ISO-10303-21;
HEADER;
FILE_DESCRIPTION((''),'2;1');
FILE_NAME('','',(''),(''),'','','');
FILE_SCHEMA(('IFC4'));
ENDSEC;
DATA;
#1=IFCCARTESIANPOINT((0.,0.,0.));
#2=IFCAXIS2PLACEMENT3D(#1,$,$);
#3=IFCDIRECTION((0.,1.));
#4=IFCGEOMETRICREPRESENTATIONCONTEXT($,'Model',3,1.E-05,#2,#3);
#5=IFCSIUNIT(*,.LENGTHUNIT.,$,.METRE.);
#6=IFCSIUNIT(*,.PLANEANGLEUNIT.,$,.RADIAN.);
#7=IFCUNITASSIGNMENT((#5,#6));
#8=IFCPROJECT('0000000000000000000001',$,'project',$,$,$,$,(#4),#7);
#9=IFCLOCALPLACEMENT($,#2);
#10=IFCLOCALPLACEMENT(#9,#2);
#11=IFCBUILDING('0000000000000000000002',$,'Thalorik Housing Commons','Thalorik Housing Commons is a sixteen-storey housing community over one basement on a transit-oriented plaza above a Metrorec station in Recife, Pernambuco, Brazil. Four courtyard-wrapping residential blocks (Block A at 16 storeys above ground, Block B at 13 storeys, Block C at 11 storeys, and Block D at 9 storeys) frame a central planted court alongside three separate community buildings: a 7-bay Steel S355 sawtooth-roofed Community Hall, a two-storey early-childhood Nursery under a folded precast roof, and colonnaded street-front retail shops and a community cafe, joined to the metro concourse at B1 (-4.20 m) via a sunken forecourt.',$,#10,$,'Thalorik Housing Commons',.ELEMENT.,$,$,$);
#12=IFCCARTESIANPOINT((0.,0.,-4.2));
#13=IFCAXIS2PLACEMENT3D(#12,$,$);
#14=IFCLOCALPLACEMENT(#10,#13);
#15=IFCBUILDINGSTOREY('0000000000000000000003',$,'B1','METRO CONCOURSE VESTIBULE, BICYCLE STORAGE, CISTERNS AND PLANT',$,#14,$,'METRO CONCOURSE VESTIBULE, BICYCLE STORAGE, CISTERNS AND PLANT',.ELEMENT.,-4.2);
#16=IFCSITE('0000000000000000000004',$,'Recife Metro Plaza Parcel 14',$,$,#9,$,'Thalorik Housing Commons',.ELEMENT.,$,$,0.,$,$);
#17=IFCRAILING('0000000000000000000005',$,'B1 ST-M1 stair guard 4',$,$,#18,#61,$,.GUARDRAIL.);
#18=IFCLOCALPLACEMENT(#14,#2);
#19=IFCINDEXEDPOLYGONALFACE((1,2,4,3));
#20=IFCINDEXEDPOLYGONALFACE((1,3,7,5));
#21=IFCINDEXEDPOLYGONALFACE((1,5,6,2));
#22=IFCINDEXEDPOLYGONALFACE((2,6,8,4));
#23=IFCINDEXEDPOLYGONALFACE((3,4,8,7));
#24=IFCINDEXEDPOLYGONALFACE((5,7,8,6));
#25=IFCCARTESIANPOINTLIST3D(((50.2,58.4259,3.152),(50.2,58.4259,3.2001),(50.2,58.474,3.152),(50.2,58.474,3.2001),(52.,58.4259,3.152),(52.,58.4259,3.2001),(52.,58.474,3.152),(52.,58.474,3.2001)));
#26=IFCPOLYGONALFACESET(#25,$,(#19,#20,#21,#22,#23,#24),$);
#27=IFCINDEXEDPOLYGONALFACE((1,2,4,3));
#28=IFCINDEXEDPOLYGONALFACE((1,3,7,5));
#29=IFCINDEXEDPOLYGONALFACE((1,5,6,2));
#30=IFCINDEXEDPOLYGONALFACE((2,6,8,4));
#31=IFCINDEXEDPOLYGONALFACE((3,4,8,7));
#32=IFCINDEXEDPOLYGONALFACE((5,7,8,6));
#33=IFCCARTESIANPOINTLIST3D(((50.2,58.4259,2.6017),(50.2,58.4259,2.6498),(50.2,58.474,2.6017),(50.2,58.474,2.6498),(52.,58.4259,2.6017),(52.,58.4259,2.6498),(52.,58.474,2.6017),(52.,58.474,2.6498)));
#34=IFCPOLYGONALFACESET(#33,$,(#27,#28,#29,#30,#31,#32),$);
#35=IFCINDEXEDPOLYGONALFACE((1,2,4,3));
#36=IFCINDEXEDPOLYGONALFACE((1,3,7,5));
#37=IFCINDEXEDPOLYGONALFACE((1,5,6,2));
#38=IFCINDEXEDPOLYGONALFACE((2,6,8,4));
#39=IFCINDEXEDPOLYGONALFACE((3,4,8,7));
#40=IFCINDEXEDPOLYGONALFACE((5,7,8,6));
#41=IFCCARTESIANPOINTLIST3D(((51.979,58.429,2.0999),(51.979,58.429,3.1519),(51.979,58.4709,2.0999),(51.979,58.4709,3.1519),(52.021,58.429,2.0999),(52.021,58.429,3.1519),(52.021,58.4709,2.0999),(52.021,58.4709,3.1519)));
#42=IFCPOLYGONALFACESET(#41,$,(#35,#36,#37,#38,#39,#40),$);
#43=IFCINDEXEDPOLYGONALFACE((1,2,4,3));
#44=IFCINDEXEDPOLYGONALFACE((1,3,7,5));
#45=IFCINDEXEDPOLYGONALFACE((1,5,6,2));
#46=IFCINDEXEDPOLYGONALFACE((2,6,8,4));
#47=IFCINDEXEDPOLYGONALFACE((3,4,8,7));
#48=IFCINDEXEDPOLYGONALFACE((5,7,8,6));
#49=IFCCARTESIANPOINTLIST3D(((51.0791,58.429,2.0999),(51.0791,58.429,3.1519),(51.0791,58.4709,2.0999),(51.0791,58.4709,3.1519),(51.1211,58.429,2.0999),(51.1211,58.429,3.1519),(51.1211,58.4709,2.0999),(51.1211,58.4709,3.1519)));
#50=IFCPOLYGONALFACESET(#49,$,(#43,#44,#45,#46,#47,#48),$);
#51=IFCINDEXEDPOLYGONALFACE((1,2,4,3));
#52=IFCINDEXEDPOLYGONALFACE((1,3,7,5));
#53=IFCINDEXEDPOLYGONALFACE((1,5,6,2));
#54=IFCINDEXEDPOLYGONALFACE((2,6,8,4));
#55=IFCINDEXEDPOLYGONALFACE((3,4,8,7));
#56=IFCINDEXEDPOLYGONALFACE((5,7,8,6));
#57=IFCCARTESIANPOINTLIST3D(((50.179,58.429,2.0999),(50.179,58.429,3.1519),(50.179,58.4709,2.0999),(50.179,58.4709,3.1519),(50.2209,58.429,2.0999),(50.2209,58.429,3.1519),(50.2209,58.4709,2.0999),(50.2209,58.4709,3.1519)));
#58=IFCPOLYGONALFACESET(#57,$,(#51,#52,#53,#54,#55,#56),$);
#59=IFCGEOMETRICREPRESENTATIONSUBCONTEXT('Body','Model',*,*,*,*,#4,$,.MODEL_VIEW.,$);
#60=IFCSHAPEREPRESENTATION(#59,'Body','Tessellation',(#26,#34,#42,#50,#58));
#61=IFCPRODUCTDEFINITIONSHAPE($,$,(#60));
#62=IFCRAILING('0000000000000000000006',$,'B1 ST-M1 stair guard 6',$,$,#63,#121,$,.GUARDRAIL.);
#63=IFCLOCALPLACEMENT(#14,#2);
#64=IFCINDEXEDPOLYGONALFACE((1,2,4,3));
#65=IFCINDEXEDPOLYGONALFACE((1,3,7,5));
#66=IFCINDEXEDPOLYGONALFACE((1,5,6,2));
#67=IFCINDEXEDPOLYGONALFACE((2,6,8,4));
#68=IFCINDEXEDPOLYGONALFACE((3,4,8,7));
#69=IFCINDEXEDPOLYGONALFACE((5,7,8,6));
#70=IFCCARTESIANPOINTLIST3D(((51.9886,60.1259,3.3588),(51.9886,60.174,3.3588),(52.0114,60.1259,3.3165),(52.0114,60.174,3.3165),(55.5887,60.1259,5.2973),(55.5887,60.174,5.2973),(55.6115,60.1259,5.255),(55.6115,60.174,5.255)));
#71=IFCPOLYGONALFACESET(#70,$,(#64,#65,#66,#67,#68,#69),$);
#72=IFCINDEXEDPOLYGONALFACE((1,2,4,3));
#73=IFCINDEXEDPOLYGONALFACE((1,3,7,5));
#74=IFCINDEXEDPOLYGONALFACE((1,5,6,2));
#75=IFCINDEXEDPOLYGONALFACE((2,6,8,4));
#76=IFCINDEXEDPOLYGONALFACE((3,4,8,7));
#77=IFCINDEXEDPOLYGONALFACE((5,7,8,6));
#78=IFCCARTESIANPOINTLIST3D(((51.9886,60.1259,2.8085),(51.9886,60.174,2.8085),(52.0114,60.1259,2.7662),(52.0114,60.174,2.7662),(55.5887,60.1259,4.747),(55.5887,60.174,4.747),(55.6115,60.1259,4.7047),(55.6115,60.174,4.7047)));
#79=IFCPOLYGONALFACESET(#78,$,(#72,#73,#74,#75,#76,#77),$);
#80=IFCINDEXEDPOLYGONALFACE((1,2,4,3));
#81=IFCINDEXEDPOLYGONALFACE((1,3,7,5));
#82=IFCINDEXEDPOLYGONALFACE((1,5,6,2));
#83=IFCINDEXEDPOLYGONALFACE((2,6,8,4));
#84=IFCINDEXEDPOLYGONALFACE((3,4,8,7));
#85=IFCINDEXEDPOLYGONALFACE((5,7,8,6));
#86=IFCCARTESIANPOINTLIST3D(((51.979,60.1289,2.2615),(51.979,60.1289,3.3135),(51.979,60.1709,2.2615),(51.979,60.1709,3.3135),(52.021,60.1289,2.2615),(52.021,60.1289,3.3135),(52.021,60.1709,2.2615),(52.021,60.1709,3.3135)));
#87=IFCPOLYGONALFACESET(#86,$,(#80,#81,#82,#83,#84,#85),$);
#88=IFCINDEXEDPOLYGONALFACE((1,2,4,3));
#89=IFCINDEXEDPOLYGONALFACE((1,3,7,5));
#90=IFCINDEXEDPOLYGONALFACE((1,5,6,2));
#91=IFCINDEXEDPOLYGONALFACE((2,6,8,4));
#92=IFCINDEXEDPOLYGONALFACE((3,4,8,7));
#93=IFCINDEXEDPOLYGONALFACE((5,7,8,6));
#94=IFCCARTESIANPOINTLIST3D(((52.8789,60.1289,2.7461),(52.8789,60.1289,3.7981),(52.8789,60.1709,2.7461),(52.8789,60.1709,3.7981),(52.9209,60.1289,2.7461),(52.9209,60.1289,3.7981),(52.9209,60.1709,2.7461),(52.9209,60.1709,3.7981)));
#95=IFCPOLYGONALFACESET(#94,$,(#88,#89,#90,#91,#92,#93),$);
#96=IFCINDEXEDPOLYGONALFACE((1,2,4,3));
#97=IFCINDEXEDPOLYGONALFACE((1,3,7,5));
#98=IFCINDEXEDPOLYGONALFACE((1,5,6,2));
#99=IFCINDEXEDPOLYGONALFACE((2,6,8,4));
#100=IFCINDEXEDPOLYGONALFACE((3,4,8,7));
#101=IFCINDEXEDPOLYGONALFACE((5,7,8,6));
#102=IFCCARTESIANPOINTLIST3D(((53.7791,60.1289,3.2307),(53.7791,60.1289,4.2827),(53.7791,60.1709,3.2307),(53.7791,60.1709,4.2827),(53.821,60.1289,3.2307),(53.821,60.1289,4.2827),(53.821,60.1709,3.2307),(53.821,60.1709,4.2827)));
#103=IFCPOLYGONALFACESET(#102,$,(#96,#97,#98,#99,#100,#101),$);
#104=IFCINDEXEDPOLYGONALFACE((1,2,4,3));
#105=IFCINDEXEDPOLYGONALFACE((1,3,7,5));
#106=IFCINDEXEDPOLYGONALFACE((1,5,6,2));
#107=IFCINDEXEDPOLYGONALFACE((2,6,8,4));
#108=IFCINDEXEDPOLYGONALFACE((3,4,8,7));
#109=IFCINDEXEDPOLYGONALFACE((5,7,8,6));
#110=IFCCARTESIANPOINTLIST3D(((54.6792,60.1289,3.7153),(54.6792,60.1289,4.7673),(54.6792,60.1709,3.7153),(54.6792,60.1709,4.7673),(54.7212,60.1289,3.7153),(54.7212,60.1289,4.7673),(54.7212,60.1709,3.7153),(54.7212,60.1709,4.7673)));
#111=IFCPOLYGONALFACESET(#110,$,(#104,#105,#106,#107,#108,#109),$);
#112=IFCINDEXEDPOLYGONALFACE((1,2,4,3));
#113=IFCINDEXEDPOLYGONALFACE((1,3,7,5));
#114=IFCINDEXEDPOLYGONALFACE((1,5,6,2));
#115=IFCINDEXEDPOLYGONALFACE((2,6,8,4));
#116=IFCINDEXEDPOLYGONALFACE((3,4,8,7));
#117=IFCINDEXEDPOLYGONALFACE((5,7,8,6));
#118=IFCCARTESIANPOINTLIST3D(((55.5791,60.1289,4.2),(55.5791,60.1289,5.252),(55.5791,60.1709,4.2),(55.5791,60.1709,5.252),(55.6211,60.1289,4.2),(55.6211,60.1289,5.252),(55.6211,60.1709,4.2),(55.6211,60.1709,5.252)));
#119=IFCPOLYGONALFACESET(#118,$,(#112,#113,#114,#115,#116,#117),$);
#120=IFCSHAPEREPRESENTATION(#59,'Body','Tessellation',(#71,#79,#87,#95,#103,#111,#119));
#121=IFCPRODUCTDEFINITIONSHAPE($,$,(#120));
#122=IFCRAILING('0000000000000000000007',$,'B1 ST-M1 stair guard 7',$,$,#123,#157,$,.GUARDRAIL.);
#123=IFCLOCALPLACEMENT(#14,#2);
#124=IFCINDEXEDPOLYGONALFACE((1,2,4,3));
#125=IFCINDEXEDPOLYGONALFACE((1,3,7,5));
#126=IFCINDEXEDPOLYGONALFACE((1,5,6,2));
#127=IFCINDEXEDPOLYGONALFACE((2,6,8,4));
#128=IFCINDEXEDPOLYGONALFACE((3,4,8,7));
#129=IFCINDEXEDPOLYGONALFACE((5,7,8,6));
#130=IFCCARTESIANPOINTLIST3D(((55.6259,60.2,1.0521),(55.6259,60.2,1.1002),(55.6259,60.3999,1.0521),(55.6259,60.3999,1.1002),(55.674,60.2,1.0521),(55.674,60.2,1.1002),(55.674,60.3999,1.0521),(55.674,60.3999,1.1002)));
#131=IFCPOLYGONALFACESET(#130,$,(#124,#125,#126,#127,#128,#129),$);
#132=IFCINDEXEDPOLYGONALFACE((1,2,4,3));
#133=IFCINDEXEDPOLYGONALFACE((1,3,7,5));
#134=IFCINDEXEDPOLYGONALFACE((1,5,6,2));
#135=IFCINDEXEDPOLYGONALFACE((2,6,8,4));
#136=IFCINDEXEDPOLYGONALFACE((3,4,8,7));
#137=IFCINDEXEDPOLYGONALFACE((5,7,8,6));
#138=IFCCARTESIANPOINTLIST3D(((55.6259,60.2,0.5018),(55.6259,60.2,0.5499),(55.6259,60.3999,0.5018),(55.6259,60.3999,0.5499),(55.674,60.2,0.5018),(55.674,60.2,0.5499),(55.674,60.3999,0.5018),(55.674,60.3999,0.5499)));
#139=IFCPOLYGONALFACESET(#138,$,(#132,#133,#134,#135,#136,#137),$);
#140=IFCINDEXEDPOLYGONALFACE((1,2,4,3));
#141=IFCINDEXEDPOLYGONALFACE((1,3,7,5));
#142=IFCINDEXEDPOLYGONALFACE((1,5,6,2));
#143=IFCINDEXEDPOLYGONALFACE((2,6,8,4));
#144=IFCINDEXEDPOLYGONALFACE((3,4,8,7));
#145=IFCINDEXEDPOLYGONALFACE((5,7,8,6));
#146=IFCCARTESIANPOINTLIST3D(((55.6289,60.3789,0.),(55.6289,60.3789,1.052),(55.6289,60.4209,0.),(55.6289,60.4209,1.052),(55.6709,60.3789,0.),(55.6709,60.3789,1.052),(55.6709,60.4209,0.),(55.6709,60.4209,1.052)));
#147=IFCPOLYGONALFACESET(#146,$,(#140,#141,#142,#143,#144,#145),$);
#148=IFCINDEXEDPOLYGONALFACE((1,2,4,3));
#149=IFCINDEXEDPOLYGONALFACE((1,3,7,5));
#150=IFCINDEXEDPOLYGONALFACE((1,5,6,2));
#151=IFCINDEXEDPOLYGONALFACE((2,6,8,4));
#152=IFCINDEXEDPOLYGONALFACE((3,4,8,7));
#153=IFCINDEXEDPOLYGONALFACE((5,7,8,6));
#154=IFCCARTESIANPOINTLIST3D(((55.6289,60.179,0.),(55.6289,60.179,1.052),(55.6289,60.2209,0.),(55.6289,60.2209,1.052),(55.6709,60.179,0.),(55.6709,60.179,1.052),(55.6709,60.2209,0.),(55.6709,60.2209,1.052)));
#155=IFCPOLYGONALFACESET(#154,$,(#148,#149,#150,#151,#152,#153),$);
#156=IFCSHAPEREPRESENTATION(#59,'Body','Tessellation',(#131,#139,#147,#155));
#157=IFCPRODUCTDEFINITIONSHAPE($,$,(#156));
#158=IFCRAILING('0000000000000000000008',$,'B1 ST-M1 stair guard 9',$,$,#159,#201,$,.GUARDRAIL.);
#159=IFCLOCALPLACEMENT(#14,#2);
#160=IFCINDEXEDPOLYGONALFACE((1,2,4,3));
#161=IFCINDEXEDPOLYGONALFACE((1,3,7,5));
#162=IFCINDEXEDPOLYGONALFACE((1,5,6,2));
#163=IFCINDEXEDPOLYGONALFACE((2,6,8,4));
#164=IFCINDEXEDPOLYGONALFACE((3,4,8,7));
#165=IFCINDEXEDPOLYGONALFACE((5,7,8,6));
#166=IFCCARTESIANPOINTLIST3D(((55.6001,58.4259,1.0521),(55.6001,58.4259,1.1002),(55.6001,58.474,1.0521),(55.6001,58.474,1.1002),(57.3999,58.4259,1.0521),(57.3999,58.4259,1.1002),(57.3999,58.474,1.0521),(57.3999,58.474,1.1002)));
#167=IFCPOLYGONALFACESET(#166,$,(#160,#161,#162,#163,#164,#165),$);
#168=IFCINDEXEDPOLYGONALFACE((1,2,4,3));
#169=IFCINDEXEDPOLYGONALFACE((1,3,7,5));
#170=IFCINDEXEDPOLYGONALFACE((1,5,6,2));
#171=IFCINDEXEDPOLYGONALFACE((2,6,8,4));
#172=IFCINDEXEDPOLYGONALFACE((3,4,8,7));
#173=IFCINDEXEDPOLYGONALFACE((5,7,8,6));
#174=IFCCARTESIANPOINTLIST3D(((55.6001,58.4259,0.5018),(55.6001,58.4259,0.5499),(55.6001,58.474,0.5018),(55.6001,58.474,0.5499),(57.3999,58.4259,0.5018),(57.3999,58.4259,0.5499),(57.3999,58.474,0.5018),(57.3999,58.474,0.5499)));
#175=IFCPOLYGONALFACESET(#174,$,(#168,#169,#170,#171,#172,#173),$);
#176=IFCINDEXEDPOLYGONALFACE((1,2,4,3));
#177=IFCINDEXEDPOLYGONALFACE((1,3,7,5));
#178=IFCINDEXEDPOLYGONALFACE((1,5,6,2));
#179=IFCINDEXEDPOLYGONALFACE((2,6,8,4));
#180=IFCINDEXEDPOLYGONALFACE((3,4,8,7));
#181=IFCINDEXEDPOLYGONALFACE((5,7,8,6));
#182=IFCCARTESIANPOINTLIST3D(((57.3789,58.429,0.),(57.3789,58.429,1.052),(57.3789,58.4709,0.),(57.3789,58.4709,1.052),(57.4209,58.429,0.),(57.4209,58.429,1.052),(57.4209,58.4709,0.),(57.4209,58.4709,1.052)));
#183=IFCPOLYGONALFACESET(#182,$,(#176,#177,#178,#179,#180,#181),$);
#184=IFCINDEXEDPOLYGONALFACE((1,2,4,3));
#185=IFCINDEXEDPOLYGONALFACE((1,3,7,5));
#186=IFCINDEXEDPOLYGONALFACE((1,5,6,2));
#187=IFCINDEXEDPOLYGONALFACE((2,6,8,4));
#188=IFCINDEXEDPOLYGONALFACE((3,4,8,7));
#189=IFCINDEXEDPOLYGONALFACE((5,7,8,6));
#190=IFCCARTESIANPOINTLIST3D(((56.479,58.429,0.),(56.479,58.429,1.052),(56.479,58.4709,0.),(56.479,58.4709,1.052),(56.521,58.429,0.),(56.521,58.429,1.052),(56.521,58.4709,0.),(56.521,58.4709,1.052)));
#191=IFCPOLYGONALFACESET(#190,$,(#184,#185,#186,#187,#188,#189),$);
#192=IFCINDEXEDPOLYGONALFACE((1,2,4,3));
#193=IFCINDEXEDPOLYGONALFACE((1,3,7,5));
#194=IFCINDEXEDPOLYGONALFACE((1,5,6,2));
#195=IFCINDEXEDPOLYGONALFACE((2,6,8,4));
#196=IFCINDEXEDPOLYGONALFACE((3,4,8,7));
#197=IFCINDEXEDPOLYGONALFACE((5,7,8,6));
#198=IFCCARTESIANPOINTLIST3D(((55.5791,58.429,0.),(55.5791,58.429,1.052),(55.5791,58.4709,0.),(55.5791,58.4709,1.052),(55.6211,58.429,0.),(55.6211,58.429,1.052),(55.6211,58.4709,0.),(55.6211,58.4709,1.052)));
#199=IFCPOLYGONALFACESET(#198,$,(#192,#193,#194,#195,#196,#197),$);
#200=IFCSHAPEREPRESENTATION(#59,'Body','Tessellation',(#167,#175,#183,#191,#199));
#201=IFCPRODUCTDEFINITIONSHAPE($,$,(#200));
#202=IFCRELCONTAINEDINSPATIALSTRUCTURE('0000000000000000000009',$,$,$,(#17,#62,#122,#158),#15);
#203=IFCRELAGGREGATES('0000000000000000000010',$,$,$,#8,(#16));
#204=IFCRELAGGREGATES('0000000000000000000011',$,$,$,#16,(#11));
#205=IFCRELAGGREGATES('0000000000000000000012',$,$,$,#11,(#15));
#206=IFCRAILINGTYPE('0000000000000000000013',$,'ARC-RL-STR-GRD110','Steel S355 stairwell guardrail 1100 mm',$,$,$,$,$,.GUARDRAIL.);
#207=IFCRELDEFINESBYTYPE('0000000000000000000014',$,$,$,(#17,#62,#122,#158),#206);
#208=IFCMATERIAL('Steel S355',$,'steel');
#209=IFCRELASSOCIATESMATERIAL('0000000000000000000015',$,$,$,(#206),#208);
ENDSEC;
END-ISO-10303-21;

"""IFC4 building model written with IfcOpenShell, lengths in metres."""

from ifc_helpers import new_model, si_unit, direction, frame, origin, origin_2d, place, context, subcontext, project, spatial, rectangle, extrude, material, type_object, element, save


model = new_model("IFC4")

# Units and contexts
model_context = context("Model", 3, precision=1e-05, world=origin(), true_north=direction((0.0, 1.0)))
body_context = subcontext(model_context, "Body", "Model", "MODEL_VIEW")
ifc_project = project(units=[si_unit("LENGTHUNIT", "METRE"), si_unit("PLANEANGLEUNIT", "RADIAN")], contexts=[model_context])

# Site, building, storey
site_placement = place(None, origin())
site = spatial("IfcSite", under=ifc_project, at=site_placement, Name="Recife Metro Plaza Parcel 14", LongName="Thalorik Housing Commons", CompositionType="ELEMENT", RefElevation=0.0)
building_placement = place(site_placement, origin())
building = spatial("IfcBuilding", under=site, at=building_placement, Name="Thalorik Housing Commons", Description="Thalorik Housing Commons is a sixteen-storey housing community over one basement on a transit-oriented plaza above a Metrorec station in Recife, Pernambuco, Brazil. Four courtyard-wrapping residential blocks (Block A at 16 storeys above ground, Block B at 13 storeys, Block C at 11 storeys, and Block D at 9 storeys) frame a central planted court alongside three separate community buildings: a 7-bay Steel S355 sawtooth-roofed Community Hall, a two-storey early-childhood Nursery under a folded precast roof, and colonnaded street-front retail shops and a community cafe, joined to the metro concourse at B1 (-4.20 m) via a sunken forecourt.", LongName="Thalorik Housing Commons", CompositionType="ELEMENT")
storey_placement = place(building_placement, frame((0.0, 0.0, -4.2)))
storey = spatial("IfcBuildingStorey", under=building, at=storey_placement, Name="B1", Description="METRO CONCOURSE VESTIBULE, BICYCLE STORAGE, CISTERNS AND PLANT", LongName="METRO CONCOURSE VESTIBULE, BICYCLE STORAGE, CISTERNS AND PLANT", CompositionType="ELEMENT", Elevation=-4.2)

# Railings
ifc_material_1 = material(Name="Steel S355", Category="steel")
railing_type_1 = type_object("IfcRailingType", Name="ARC-RL-STR-GRD110", Description="Steel S355 stairwell guardrail 1100 mm", PredefinedType="GUARDRAIL", material=ifc_material_1)
for number, where, name in (
    (1, (52.0, 58.45, 2.0999), "B1 ST-M1 stair guard 4"),
):
    element("IfcRailing", number, at=place(storey_placement, frame(where)), inside=storey, type_object=railing_type_1, Name=name, PredefinedType="GUARDRAIL", context=body_context, shape_type="SweptSolid", body=[
        extrude(rectangle(XDim=0.0481, YDim=0.0481, at=origin_2d()), frame((0.0, 0.0, 1.0762), z_axis=(-1.0, 0.0, 0.0), x_axis=(0.0, -1.0, 0.0)), (0.0, 0.0, 1.0), 1.8),
        extrude(rectangle(XDim=0.0481, YDim=0.0481, at=origin_2d()), frame((0.0, 0.0, 0.5259), z_axis=(-1.0, 0.0, 0.0), x_axis=(0.0, -1.0, 0.0)), (0.0, 0.0, 1.0), 1.8),
        extrude(rectangle(XDim=0.042, YDim=0.042, at=origin_2d()), origin(), (0.0, 0.0, 1.0), 1.052),
        extrude(rectangle(XDim=0.042, YDim=0.042, at=origin_2d()), frame((-0.8999, 0.0, 0.0)), (0.0, 0.0, 1.0), 1.052),
        extrude(rectangle(XDim=0.042, YDim=0.042, at=origin_2d()), frame((-1.8, 0.0, 0.0)), (0.0, 0.0, 1.0), 1.052),
    ])
railing_1_placement = place(storey_placement, frame((52.0, 60.1499, 2.2615)))
element("IfcRailing", 2, at=railing_1_placement, inside=storey, type_object=railing_type_1, Name="B1 ST-M1 stair guard 6", PredefinedType="GUARDRAIL", context=body_context, shape_type="SweptSolid", body=[
    extrude(rectangle(XDim=0.0481, YDim=0.0481, at=origin_2d()), frame((0.0, 0.0, 1.0762), z_axis=(0.880475, 0.0, 0.474093), x_axis=(0.0, 1.0, 0.0)), (0.0, 0.0, 1.0), 4.0889),
    extrude(rectangle(XDim=0.0481, YDim=0.0481, at=origin_2d()), frame((0.0, 0.0, 0.5259), z_axis=(0.880475, 0.0, 0.474093), x_axis=(0.0, 1.0, 0.0)), (0.0, 0.0, 1.0), 4.0889),
    extrude(rectangle(XDim=0.042, YDim=0.042, at=origin_2d()), origin(), (0.0, 0.0, 1.0), 1.052),
    extrude(rectangle(XDim=0.042, YDim=0.042, at=origin_2d()), frame((0.8999, 0.0, 0.4846)), (0.0, 0.0, 1.0), 1.052),
    extrude(rectangle(XDim=0.042, YDim=0.042, at=origin_2d()), frame((1.8, 0.0, 0.9692)), (0.0, 0.0, 1.0), 1.052),
    extrude(rectangle(XDim=0.042, YDim=0.042, at=origin_2d()), frame((2.7002, 0.0, 1.4539)), (0.0, 0.0, 1.0), 1.052),
    extrude(rectangle(XDim=0.042, YDim=0.042, at=origin_2d()), frame((3.6001, 0.0, 1.9385)), (0.0, 0.0, 1.0), 1.052),
])
railing_2_placement = place(storey_placement, frame((55.6499, 60.3999, 0.0)))
element("IfcRailing", 3, at=railing_2_placement, inside=storey, type_object=railing_type_1, Name="B1 ST-M1 stair guard 7", PredefinedType="GUARDRAIL", context=body_context, shape_type="SweptSolid", body=[
    extrude(rectangle(XDim=0.0481, YDim=0.0481, at=origin_2d()), frame((0.0, 0.0, 1.0762), z_axis=(0.0, -1.0, 0.0), x_axis=(1.0, 0.0, 0.0)), (0.0, 0.0, 1.0), 0.2),
    extrude(rectangle(XDim=0.0481, YDim=0.0481, at=origin_2d()), frame((0.0, 0.0, 0.5259), z_axis=(0.0, -1.0, 0.0), x_axis=(1.0, 0.0, 0.0)), (0.0, 0.0, 1.0), 0.2),
    extrude(rectangle(XDim=0.042, YDim=0.042, at=origin_2d()), origin(), (0.0, 0.0, 1.0), 1.052),
    extrude(rectangle(XDim=0.042, YDim=0.042, at=origin_2d()), frame((0.0, -0.2, 0.0)), (0.0, 0.0, 1.0), 1.052),
])
railing_3_placement = place(storey_placement, frame((57.3999, 58.45, 0.0)))
element("IfcRailing", 4, at=railing_3_placement, inside=storey, type_object=railing_type_1, Name="B1 ST-M1 stair guard 9", PredefinedType="GUARDRAIL", context=body_context, shape_type="SweptSolid", body=[
    extrude(rectangle(XDim=0.0481, YDim=0.0481, at=origin_2d()), frame((0.0, 0.0, 1.0762), z_axis=(-1.0, 0.0, 0.0), x_axis=(0.0, -1.0, 0.0)), (0.0, 0.0, 1.0), 1.7998),
    extrude(rectangle(XDim=0.0481, YDim=0.0481, at=origin_2d()), frame((0.0, 0.0, 0.5259), z_axis=(-1.0, 0.0, 0.0), x_axis=(0.0, -1.0, 0.0)), (0.0, 0.0, 1.0), 1.7998),
    extrude(rectangle(XDim=0.042, YDim=0.042, at=origin_2d()), origin(), (0.0, 0.0, 1.0), 1.052),
    extrude(rectangle(XDim=0.042, YDim=0.042, at=origin_2d()), frame((-0.8999, 0.0, 0.0)), (0.0, 0.0, 1.0), 1.052),
    extrude(rectangle(XDim=0.042, YDim=0.042, at=origin_2d()), frame((-1.7998, 0.0, 0.0)), (0.0, 0.0, 1.0), 1.052),
])

save(model, "model.ifc")
